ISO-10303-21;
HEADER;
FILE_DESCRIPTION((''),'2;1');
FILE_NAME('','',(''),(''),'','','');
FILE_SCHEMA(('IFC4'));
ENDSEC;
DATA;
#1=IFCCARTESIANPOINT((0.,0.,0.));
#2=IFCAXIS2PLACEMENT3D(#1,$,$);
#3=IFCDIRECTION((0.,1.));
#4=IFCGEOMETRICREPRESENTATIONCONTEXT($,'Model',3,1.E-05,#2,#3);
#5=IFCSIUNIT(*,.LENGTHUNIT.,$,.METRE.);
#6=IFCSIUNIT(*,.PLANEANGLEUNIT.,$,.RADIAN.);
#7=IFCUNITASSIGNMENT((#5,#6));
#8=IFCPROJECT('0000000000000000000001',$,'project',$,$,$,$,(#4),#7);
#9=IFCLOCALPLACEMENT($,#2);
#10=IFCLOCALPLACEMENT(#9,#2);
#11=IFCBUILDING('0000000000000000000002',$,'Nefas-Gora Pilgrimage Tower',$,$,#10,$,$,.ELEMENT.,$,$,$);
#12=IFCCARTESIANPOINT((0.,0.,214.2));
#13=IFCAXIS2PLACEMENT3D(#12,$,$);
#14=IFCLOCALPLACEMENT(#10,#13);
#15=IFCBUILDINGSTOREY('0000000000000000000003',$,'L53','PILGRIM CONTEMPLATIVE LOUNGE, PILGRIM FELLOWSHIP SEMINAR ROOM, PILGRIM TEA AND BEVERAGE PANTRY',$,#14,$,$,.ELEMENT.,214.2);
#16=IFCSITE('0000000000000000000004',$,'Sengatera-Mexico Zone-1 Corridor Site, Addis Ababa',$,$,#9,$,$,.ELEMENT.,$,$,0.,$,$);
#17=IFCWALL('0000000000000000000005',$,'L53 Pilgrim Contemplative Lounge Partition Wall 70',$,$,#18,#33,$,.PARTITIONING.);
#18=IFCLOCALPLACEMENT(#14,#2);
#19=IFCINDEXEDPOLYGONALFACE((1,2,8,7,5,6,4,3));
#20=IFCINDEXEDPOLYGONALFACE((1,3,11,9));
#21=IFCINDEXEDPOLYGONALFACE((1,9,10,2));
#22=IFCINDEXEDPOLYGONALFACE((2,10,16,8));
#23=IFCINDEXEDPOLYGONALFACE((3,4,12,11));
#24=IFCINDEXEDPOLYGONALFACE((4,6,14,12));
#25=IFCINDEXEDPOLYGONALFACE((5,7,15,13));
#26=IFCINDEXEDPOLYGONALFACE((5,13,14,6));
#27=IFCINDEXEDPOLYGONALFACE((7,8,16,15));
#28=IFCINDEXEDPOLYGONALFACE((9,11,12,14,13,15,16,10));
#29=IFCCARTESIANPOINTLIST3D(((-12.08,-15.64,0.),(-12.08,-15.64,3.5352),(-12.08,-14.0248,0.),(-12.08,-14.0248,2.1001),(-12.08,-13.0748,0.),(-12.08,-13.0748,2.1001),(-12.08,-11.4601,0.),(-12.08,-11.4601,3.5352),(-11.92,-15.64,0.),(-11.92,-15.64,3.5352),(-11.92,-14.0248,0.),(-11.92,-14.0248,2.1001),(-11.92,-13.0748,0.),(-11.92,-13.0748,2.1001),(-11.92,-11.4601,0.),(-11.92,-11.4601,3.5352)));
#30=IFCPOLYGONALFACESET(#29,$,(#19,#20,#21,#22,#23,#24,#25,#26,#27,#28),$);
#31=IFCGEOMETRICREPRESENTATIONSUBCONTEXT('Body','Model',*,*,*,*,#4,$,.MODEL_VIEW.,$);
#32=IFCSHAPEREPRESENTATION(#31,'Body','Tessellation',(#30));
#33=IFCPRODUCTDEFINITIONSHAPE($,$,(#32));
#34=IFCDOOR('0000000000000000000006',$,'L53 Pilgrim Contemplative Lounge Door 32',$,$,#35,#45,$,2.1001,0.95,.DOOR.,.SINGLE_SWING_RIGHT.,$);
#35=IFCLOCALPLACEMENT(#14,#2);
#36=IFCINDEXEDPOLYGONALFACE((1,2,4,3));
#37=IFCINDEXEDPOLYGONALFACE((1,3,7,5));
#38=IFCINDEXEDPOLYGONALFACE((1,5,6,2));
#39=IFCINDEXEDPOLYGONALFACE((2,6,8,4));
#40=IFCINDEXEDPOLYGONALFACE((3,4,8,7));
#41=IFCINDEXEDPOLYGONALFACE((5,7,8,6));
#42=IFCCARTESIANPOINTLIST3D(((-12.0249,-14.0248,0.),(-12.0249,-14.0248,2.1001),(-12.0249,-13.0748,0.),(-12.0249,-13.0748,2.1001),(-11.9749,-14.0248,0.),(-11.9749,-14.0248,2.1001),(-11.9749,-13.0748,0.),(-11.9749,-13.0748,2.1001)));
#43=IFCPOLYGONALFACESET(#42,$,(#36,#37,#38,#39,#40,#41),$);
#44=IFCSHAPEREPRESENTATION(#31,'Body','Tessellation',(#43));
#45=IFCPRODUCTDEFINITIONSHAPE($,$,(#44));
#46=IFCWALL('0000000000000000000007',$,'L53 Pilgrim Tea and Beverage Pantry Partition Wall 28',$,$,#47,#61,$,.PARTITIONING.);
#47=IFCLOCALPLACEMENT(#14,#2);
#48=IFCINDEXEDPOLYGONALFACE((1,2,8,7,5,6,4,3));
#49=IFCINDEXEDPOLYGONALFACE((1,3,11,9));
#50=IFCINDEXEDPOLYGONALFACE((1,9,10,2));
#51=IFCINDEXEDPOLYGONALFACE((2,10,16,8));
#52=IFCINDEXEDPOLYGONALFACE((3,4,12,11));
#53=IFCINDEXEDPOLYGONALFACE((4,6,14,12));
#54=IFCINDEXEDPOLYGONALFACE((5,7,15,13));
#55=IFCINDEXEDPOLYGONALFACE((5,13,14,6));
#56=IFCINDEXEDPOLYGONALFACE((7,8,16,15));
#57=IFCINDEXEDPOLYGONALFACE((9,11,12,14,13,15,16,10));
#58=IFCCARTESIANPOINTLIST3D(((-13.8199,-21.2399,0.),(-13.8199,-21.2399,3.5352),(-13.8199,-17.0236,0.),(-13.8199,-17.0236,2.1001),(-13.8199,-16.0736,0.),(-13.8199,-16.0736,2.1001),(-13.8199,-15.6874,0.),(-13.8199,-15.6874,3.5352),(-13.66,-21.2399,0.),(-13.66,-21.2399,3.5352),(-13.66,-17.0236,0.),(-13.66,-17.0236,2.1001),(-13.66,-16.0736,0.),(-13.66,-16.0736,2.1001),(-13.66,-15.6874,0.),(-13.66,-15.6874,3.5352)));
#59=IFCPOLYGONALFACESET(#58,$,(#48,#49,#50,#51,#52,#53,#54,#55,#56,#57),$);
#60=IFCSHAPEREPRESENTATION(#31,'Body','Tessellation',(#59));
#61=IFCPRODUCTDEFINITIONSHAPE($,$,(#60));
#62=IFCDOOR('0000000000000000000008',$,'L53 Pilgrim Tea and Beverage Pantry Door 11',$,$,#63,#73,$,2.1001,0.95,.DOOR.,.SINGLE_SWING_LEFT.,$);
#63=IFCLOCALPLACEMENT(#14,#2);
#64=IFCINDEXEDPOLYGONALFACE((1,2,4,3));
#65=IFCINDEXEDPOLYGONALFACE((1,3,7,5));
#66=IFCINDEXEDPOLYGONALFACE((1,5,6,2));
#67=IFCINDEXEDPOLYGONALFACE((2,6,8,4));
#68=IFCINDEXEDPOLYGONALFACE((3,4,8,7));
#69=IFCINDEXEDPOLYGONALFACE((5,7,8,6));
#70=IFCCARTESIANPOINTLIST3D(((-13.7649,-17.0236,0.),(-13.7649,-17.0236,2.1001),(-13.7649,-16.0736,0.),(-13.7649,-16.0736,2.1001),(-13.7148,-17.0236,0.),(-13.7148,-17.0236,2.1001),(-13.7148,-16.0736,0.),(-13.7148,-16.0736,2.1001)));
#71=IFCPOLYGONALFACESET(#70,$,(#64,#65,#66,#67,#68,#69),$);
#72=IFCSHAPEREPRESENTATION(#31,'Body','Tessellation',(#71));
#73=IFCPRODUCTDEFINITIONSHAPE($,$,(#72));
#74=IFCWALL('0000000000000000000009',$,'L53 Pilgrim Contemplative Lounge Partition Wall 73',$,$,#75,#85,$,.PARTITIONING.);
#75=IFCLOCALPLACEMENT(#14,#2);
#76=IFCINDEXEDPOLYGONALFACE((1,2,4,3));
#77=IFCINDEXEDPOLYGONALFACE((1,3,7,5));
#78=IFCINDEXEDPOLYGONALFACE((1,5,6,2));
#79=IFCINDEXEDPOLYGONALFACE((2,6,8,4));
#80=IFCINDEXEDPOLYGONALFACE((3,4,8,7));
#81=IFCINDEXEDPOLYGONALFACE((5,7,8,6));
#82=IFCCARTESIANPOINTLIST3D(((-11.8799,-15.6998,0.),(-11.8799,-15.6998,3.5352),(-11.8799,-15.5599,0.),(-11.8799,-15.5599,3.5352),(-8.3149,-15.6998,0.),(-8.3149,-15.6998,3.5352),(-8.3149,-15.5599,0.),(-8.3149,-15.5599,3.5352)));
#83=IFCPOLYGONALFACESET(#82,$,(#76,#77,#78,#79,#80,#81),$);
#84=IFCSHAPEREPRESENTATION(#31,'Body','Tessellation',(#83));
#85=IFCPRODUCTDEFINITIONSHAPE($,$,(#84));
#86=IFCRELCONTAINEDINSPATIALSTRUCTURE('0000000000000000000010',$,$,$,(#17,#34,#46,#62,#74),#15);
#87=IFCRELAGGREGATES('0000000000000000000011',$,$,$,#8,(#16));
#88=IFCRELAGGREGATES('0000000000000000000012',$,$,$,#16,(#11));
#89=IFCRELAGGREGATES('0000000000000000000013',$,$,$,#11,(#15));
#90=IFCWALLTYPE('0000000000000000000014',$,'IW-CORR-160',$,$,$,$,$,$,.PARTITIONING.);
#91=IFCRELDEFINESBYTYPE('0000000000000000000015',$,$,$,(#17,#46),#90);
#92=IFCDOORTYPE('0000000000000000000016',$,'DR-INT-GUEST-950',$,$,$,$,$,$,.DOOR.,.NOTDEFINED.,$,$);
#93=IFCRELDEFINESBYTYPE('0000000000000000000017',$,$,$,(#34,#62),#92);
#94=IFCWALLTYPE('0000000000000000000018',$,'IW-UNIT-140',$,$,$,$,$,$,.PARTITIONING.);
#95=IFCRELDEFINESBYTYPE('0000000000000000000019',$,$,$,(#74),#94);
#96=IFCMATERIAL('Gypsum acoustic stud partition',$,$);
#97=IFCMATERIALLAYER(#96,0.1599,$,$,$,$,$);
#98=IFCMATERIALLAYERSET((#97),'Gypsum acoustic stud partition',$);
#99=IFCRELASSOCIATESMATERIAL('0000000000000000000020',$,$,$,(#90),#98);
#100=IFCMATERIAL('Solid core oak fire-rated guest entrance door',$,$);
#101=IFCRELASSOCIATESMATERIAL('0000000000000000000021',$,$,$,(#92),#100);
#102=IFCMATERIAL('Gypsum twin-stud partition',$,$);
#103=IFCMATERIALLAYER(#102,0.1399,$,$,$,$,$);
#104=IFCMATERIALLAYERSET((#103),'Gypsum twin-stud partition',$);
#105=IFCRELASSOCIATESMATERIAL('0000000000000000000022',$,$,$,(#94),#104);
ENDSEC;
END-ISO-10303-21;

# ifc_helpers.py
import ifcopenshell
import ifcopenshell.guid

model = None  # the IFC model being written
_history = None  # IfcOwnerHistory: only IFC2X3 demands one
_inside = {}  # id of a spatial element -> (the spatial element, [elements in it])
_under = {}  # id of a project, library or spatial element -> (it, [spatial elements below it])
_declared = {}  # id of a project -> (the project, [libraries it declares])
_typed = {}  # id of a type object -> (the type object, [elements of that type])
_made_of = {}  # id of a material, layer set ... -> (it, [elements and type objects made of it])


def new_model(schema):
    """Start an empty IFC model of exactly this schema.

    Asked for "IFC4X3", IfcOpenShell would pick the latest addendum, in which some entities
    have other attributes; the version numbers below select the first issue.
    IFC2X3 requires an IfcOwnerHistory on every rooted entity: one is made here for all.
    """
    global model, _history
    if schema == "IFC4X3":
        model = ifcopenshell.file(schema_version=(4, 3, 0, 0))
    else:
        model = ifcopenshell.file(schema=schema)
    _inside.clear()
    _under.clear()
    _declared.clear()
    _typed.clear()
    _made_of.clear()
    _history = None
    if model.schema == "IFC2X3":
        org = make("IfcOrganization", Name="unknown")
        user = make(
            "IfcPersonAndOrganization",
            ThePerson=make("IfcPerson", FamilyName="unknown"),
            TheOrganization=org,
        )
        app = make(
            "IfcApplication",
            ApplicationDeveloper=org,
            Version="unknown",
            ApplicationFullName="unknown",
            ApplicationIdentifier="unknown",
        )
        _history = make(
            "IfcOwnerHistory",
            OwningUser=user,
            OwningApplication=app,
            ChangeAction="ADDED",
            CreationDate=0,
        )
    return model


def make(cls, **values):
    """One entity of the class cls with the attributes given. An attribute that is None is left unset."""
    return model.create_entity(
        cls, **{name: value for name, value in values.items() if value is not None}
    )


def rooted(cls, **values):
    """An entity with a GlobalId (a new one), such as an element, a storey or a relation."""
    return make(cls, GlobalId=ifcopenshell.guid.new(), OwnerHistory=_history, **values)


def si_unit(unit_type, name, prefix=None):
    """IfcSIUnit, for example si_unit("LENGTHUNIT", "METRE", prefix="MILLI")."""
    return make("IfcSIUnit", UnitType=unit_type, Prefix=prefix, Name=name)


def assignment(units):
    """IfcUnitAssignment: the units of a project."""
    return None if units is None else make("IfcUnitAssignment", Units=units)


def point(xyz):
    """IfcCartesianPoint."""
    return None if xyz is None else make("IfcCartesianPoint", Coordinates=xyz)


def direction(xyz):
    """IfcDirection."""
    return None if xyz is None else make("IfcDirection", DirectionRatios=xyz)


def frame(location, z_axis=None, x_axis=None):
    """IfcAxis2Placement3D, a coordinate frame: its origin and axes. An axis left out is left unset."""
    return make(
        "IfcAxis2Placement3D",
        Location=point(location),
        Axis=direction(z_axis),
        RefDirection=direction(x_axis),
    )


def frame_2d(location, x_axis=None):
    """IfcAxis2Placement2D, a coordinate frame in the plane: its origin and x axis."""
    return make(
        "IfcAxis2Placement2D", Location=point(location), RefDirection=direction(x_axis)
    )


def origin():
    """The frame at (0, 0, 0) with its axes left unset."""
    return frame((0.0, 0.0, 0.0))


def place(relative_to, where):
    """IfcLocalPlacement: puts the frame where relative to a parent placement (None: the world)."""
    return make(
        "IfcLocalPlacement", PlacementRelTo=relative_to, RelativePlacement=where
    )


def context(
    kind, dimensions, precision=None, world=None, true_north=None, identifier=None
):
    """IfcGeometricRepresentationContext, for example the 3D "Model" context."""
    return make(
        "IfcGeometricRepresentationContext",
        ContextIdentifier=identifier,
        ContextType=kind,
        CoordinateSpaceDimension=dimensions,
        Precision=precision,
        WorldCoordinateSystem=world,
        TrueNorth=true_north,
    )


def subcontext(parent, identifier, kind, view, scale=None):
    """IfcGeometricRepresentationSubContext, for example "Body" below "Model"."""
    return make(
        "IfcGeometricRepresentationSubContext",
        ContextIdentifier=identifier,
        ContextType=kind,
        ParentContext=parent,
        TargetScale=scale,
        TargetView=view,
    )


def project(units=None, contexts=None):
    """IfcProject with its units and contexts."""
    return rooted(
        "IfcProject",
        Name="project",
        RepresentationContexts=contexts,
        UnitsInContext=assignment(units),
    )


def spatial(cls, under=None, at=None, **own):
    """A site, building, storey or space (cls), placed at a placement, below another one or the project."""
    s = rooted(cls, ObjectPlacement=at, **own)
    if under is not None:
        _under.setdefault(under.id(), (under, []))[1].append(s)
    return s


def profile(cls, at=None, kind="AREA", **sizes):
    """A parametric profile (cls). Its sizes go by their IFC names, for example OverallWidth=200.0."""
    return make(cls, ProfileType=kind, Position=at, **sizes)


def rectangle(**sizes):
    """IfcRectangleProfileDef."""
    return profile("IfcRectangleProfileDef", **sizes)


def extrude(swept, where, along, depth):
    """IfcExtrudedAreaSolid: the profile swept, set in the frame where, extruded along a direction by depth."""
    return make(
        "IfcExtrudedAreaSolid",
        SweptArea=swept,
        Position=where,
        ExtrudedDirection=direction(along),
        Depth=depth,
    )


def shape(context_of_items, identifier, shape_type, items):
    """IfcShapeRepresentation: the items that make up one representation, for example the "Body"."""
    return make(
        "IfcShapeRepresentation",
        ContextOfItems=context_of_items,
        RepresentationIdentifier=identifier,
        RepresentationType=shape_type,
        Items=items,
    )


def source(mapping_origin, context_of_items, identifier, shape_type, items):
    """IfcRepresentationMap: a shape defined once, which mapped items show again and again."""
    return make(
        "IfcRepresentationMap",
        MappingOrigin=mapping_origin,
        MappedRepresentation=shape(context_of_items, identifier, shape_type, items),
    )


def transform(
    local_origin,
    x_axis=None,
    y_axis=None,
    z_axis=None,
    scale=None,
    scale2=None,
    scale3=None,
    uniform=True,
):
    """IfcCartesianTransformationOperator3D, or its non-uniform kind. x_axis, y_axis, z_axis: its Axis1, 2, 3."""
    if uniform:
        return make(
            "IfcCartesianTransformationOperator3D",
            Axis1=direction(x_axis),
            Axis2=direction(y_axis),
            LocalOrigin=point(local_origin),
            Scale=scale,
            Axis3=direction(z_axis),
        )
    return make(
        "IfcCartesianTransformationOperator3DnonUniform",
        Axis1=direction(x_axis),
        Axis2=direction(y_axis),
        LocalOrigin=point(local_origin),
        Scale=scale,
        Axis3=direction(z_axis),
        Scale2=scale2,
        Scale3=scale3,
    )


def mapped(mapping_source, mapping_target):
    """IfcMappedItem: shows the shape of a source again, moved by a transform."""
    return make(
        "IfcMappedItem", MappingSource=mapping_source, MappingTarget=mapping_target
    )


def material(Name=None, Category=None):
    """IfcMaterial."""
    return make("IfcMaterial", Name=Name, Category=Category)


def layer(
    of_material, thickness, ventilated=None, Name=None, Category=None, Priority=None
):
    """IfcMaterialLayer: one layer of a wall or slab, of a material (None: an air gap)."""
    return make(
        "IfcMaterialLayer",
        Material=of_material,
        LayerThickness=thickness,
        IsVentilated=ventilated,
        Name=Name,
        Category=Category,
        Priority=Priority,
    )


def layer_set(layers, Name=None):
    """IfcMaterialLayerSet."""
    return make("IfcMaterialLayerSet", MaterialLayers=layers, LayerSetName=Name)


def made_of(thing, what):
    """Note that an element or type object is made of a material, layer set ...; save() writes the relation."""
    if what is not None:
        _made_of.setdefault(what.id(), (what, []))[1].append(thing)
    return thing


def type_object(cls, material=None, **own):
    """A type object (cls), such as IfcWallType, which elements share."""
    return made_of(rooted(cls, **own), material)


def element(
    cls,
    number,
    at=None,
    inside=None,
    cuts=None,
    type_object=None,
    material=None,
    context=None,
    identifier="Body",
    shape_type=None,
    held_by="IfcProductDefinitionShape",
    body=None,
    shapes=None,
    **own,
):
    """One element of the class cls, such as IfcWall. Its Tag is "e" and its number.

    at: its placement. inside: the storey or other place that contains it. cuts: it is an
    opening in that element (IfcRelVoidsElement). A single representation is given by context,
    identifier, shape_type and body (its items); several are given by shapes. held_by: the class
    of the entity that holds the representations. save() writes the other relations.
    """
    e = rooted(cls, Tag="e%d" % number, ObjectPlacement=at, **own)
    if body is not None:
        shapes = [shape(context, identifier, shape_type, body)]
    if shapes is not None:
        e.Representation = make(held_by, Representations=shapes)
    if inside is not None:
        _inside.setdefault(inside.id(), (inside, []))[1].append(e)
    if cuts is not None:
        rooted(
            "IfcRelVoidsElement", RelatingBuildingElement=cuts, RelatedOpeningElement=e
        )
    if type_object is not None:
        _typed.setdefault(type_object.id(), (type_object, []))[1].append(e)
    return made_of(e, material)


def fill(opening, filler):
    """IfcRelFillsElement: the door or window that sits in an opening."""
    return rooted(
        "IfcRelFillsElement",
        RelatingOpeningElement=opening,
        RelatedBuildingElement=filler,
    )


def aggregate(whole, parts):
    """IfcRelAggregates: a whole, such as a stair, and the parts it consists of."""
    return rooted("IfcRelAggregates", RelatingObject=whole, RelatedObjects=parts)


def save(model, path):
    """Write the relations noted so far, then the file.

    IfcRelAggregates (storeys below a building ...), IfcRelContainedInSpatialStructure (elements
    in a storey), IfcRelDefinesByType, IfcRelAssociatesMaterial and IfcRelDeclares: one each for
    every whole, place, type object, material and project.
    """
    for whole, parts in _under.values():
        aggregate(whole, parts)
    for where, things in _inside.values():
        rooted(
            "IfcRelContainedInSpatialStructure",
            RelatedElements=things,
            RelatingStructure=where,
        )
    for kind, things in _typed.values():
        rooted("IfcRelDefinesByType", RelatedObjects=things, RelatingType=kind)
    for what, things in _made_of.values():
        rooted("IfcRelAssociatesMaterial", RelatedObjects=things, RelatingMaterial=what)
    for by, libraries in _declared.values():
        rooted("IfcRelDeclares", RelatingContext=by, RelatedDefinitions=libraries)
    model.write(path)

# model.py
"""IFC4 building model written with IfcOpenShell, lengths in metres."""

from ifc_helpers import new_model, si_unit, direction, frame, frame_2d, origin, place, context, subcontext, project, spatial, rectangle, extrude, source, transform, mapped, material, layer, layer_set, type_object, element, fill, save


model = new_model("IFC4")

# Units and contexts
model_context = context("Model", 3, precision=1e-05, world=origin(), true_north=direction((0.0, 1.0)))
body_context = subcontext(model_context, "Body", "Model", "MODEL_VIEW")
ifc_project = project(units=[si_unit("LENGTHUNIT", "METRE"), si_unit("PLANEANGLEUNIT", "RADIAN")], contexts=[model_context])

# Site, building, storey
site_placement = place(None, origin())
site = spatial("IfcSite", under=ifc_project, at=site_placement, Name="Sengatera-Mexico Zone-1 Corridor Site, Addis Ababa", CompositionType="ELEMENT", RefElevation=0.0)
building_placement = place(site_placement, origin())
building = spatial("IfcBuilding", under=site, at=building_placement, Name="Nefas-Gora Pilgrimage Tower", CompositionType="ELEMENT")
storey_placement = place(building_placement, frame((0.0, 0.0, 214.2)))
storey = spatial("IfcBuildingStorey", under=building, at=storey_placement, Name="L53", Description="PILGRIM CONTEMPLATIVE LOUNGE, PILGRIM FELLOWSHIP SEMINAR ROOM, PILGRIM TEA AND BEVERAGE PANTRY", CompositionType="ELEMENT", Elevation=214.2)

# Shared definitions
ifc_material_1 = material(Name="Gypsum acoustic stud partition")
ifc_layer_1 = layer(ifc_material_1, 0.1599)
ifc_layer_set_1 = layer_set([ifc_layer_1], Name="Gypsum acoustic stud partition")
wall_type_1 = type_object("IfcWallType", Name="IW-CORR-160", PredefinedType="PARTITIONING", material=ifc_layer_set_1)
ifc_material_2 = material(Name="Solid core oak fire-rated guest entrance door")
door_type = type_object("IfcDoorType", Name="DR-INT-GUEST-950", OperationType="NOTDEFINED", PredefinedType="DOOR", material=ifc_material_2)
shared_shape_1 = source(origin(), body_context, "Body", "SweptSolid", [
    extrude(rectangle(XDim=0.95, YDim=2.1001, at=frame_2d((0.4751, 1.05))), frame((0.0, 0.0249, 0.0), z_axis=(0.0, -1.0, 0.0), x_axis=(1.0, 0.0, 0.0)), (0.0, 0.0, 1.0), 0.05),
])

# Shared definitions
ifc_material_3 = material(Name="Gypsum twin-stud partition")
ifc_layer_2 = layer(ifc_material_3, 0.1399)
ifc_layer_set_2 = layer_set([ifc_layer_2], Name="Gypsum twin-stud partition")
wall_type_2 = type_object("IfcWallType", Name="IW-UNIT-140", PredefinedType="PARTITIONING", material=ifc_layer_set_2)

# Walls, openings, doors
shared_shape_2 = source(origin(), body_context, "Body", "SweptSolid", [
    extrude(rectangle(XDim=4.1799, YDim=0.1599, at=frame_2d((2.0898, 0.0))), origin(), (0.0, 0.0, 1.0), 3.5352),
])
wall_1_placement = place(storey_placement, frame((-12.0, -15.6399, 0.0), z_axis=(0.0, 0.0, 1.0), x_axis=(0.0, 1.0, 0.0)))
wall_1 = element("IfcWall", 1, at=wall_1_placement, inside=storey, type_object=wall_type_1, Name="L53 Pilgrim Contemplative Lounge Partition Wall 70", PredefinedType="PARTITIONING", context=body_context, shape_type="MappedRepresentation", body=[
    mapped(shared_shape_2, transform((0.0, 0.0, 0.0), x_axis=(1.0, 0.0, 0.0), y_axis=(0.0, 1.0, 0.0), z_axis=(0.0, 0.0, 1.0), scale=1.0)),
])
opening_1_placement = place(wall_1_placement, frame((1.615, 0.0, 0.0)))
opening_1 = element("IfcOpeningElement", 2, at=opening_1_placement, cuts=wall_1, PredefinedType="OPENING", context=body_context, shape_type="SweptSolid", body=[
    extrude(rectangle(XDim=0.95, YDim=2.1001, at=frame_2d((0.4751, 1.05))), frame((0.0, 0.0898, 0.0), z_axis=(0.0, -1.0, 0.0), x_axis=(1.0, 0.0, 0.0)), (0.0, 0.0, 1.0), 0.1799),
])
door_1_placement = place(opening_1_placement, origin())
door_1 = element("IfcDoor", 3, at=door_1_placement, inside=storey, type_object=door_type, Name="L53 Pilgrim Contemplative Lounge Door 32", OperationType="SINGLE_SWING_RIGHT", OverallHeight=2.1001, OverallWidth=0.95, PredefinedType="DOOR", context=body_context, shape_type="MappedRepresentation", body=[
    mapped(shared_shape_1, transform((0.0, 0.0, 0.0), x_axis=(1.0, 0.0, 0.0), y_axis=(0.0, 1.0, 0.0), z_axis=(0.0, 0.0, 1.0), scale=1.0)),
])
fill(opening_1, door_1)
shared_shape_3 = source(origin(), body_context, "Body", "SweptSolid", [
    extrude(rectangle(XDim=5.5525, YDim=0.1599, at=frame_2d((2.7764, 0.0))), origin(), (0.0, 0.0, 1.0), 3.5352),
])
wall_2_placement = place(storey_placement, frame((-13.74, -21.24, 0.0), z_axis=(0.0, 0.0, 1.0), x_axis=(0.0, 1.0, 0.0)))
wall_2 = element("IfcWall", 4, at=wall_2_placement, inside=storey, type_object=wall_type_1, Name="L53 Pilgrim Tea and Beverage Pantry Partition Wall 28", PredefinedType="PARTITIONING", context=body_context, shape_type="MappedRepresentation", body=[
    mapped(shared_shape_3, transform((0.0, 0.0, 0.0), x_axis=(1.0, 0.0, 0.0), y_axis=(0.0, 1.0, 0.0), z_axis=(0.0, 0.0, 1.0), scale=1.0)),
])
opening_2_placement = place(wall_2_placement, frame((4.2163, 0.0, 0.0)))
opening_2 = element("IfcOpeningElement", 5, at=opening_2_placement, cuts=wall_2, PredefinedType="OPENING", context=body_context, shape_type="SweptSolid", body=[
    extrude(rectangle(XDim=0.95, YDim=2.1001, at=frame_2d((0.4751, 1.05))), frame((0.0, 0.0898, 0.0), z_axis=(0.0, -1.0, 0.0), x_axis=(1.0, 0.0, 0.0)), (0.0, 0.0, 1.0), 0.1799),
])
door_2_placement = place(opening_2_placement, origin())
door_2 = element("IfcDoor", 6, at=door_2_placement, inside=storey, type_object=door_type, Name="L53 Pilgrim Tea and Beverage Pantry Door 11", OperationType="SINGLE_SWING_LEFT", OverallHeight=2.1001, OverallWidth=0.95, PredefinedType="DOOR", context=body_context, shape_type="MappedRepresentation", body=[
    mapped(shared_shape_1, transform((0.0, 0.0, 0.0), x_axis=(1.0, 0.0, 0.0), y_axis=(0.0, 1.0, 0.0), z_axis=(0.0, 0.0, 1.0), scale=1.0)),
])
fill(opening_2, door_2)

# Wall
shared_shape_4 = source(origin(), body_context, "Body", "SweptSolid", [
    extrude(rectangle(XDim=3.5649, YDim=0.1399, at=frame_2d((1.7825, 0.0))), origin(), (0.0, 0.0, 1.0), 3.5352),
])
wall_3_placement = place(storey_placement, frame((-11.8799, -15.6299, 0.0), z_axis=(0.0, 0.0, 1.0), x_axis=(1.0, 0.0, 0.0)))
element("IfcWall", 7, at=wall_3_placement, inside=storey, type_object=wall_type_2, Name="L53 Pilgrim Contemplative Lounge Partition Wall 73", PredefinedType="PARTITIONING", context=body_context, shape_type="MappedRepresentation", body=[
    mapped(shared_shape_4, transform((0.0, 0.0, 0.0), x_axis=(1.0, 0.0, 0.0), y_axis=(0.0, 1.0, 0.0), z_axis=(0.0, 0.0, 1.0), scale=1.0)),
])

save(model, "model.ifc")
